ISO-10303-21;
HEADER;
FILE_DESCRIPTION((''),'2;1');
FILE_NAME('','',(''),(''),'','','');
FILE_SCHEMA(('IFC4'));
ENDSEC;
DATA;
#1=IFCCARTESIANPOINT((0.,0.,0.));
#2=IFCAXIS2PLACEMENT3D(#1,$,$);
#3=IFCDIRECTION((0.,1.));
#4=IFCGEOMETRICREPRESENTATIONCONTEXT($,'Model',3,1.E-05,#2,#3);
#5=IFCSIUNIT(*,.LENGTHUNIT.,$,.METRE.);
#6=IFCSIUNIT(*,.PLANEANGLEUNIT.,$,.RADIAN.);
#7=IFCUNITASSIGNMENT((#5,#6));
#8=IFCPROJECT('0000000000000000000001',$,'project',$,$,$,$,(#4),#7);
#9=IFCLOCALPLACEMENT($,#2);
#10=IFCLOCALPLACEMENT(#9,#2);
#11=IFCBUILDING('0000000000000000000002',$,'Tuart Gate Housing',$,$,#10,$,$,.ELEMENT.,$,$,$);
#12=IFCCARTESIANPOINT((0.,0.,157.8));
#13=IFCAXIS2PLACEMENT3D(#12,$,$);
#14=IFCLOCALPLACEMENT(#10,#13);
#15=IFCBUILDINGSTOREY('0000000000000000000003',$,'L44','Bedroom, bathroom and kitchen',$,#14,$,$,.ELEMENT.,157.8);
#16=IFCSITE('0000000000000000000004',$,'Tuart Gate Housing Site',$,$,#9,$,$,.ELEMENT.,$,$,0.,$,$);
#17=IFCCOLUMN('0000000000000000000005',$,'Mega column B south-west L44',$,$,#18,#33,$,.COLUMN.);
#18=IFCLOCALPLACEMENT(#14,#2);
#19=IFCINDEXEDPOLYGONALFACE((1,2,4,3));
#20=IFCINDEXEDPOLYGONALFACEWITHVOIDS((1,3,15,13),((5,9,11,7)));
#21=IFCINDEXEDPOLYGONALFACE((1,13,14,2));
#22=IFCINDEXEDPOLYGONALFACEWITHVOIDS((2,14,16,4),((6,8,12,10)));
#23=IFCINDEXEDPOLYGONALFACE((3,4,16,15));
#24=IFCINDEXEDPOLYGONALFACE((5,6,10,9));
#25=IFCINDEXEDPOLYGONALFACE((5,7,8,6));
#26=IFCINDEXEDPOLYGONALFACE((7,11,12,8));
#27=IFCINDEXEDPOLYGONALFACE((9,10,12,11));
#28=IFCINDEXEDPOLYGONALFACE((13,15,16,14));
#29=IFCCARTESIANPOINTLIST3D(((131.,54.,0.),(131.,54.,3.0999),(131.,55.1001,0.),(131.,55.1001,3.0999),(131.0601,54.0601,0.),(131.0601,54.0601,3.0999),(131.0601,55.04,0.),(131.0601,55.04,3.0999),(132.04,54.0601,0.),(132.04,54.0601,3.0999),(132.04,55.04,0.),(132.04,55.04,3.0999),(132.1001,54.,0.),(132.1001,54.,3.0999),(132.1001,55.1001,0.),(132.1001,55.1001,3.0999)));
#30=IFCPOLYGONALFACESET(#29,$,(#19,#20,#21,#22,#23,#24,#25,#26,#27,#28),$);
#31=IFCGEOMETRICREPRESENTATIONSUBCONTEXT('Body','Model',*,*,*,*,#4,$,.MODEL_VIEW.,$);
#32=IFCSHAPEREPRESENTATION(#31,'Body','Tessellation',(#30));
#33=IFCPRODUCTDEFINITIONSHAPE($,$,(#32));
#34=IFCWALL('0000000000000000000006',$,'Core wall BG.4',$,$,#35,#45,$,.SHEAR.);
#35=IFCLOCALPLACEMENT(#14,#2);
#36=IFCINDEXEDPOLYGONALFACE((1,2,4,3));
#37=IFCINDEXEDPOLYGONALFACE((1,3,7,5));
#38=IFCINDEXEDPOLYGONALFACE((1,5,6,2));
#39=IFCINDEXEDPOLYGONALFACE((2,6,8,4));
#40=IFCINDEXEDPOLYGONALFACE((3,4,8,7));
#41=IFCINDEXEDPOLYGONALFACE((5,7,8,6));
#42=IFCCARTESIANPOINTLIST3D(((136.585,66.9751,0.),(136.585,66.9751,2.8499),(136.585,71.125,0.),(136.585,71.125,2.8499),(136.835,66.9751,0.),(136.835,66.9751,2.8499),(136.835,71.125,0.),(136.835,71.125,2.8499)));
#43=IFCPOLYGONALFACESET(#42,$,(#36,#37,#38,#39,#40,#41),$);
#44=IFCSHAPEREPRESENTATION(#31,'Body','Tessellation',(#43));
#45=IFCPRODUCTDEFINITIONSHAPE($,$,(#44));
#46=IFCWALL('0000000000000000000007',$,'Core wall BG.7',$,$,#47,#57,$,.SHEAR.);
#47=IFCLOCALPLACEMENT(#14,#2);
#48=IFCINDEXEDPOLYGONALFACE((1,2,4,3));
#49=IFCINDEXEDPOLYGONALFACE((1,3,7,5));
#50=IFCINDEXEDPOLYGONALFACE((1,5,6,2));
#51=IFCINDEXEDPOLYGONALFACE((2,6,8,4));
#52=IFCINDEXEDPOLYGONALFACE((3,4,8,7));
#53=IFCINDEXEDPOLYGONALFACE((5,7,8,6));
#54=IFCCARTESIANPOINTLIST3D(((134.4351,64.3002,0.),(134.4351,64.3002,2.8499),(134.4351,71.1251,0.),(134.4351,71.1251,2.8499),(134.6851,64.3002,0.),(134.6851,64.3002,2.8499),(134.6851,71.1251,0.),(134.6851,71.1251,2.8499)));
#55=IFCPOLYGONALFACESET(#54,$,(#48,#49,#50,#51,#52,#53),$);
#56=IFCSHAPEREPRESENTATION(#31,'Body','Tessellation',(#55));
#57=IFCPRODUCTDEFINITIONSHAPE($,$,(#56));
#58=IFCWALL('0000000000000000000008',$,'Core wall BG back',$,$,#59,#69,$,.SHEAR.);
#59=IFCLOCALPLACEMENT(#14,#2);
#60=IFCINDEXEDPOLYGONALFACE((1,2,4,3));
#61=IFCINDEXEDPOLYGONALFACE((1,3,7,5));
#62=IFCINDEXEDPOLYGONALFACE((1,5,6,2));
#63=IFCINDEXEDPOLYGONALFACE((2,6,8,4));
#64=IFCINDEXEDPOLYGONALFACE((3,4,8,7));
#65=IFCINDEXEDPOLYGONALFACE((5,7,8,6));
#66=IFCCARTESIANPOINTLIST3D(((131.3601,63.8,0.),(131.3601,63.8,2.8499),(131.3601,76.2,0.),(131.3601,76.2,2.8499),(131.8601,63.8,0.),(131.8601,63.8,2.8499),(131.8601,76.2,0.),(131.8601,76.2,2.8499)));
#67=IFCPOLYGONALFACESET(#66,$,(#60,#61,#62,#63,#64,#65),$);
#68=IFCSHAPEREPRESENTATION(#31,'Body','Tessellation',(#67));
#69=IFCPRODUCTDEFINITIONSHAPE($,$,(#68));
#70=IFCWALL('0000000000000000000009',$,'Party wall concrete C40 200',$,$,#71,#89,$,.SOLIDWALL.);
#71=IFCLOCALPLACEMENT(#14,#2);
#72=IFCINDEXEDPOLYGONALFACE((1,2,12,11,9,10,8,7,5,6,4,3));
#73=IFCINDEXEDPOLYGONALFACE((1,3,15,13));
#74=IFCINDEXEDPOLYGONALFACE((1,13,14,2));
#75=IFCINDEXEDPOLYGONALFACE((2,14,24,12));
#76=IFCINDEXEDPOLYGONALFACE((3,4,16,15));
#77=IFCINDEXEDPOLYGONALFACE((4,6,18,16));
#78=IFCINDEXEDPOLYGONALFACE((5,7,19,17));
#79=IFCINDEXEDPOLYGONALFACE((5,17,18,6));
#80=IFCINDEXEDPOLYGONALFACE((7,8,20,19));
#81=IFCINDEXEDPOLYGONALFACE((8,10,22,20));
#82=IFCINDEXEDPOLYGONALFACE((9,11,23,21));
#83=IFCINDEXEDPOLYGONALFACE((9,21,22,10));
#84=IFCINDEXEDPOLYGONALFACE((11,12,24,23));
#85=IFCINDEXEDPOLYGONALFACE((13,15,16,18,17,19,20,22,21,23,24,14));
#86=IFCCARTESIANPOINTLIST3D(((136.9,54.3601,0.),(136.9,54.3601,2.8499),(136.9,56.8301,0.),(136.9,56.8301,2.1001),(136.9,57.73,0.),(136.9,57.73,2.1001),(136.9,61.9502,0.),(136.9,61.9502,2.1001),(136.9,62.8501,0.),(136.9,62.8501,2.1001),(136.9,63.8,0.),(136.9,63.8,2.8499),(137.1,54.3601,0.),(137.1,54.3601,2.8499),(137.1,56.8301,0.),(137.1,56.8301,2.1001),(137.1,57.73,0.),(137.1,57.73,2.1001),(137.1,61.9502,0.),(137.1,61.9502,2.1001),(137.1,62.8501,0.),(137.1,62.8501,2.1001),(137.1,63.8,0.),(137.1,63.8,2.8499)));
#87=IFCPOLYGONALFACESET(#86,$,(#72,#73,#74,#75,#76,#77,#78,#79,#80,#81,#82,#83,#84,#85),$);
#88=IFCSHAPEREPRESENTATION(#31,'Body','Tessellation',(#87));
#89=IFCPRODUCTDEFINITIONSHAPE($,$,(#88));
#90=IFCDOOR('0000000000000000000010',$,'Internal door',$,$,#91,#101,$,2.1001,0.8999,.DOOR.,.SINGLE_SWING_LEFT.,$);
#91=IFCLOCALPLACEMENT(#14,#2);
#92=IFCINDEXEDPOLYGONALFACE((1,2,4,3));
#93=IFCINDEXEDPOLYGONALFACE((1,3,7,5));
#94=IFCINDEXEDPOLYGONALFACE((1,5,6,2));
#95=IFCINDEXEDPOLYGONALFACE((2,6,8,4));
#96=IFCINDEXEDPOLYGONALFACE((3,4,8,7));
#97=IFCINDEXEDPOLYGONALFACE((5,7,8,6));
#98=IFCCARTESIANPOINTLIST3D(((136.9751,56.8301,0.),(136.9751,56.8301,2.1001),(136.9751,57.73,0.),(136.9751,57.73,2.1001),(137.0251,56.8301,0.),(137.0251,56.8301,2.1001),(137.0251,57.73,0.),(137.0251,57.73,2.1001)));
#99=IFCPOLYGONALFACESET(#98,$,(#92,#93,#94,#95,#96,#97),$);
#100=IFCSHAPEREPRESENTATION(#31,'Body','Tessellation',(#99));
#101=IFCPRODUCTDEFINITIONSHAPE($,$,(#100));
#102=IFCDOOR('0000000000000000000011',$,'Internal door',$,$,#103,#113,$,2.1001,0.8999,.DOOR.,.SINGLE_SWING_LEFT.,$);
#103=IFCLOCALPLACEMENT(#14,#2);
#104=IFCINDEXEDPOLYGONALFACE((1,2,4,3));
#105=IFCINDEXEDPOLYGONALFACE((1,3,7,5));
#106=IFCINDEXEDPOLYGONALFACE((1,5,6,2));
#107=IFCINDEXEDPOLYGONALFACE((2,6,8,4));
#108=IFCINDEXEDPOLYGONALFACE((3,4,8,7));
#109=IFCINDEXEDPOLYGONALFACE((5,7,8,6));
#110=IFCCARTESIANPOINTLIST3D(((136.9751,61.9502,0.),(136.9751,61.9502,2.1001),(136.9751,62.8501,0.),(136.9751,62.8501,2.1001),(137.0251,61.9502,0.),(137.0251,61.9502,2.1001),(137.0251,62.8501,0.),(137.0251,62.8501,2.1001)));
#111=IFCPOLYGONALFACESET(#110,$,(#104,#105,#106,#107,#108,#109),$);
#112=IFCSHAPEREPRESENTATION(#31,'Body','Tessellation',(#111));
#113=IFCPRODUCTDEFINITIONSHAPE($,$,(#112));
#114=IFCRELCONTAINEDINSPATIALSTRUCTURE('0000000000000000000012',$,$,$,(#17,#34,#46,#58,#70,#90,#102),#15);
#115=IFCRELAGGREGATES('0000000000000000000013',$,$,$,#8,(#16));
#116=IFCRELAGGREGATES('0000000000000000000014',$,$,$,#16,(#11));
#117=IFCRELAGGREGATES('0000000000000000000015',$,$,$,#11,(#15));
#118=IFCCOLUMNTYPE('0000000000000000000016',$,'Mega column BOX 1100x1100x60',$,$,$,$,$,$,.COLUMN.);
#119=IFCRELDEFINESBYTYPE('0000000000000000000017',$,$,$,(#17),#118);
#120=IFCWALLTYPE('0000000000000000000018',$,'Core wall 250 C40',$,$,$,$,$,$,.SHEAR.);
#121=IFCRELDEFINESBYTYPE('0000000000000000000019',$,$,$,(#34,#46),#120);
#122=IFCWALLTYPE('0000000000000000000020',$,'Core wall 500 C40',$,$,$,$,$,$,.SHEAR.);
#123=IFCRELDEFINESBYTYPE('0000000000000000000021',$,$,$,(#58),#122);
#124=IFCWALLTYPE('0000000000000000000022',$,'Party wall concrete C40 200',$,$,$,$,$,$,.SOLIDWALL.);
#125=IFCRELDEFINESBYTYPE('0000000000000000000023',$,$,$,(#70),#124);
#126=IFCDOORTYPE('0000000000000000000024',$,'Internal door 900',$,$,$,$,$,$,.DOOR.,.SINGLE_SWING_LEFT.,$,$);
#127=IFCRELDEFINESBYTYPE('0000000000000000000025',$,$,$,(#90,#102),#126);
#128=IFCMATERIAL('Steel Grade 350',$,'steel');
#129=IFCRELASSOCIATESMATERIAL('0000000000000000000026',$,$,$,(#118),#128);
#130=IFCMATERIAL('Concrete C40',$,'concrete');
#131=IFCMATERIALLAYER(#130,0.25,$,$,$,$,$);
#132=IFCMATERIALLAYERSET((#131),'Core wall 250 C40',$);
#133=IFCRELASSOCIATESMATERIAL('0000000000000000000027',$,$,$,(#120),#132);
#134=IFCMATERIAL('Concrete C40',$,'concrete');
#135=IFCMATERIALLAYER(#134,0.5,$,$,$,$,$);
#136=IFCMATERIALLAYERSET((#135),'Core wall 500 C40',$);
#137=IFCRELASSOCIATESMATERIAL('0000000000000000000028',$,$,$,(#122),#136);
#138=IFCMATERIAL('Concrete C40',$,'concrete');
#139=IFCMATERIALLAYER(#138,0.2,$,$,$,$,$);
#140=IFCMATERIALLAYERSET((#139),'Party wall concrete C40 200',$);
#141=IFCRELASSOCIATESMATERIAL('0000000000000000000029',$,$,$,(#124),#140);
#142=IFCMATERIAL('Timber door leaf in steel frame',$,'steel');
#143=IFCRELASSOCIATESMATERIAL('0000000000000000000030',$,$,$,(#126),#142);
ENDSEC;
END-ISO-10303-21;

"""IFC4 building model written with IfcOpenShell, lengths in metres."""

from ifc_helpers import new_model, si_unit, direction, frame, frame_2d, origin, origin_2d, place, context, subcontext, project, spatial, rectangle, hollow_rectangle, extrude, material, layer, layer_set, material_profile, profile_set, type_object, element, fill, save


model = new_model("IFC4")

# Units and contexts
model_context = context("Model", 3, precision=1e-05, world=origin(), true_north=direction((0.0, 1.0)))
body_context = subcontext(model_context, "Body", "Model", "MODEL_VIEW")
ifc_project = project(units=[si_unit("LENGTHUNIT", "METRE"), si_unit("PLANEANGLEUNIT", "RADIAN")], contexts=[model_context])

# Site, building, storey
site_placement = place(None, origin())
site = spatial("IfcSite", under=ifc_project, at=site_placement, Name="Tuart Gate Housing Site", CompositionType="ELEMENT", RefElevation=0.0)
building_placement = place(site_placement, origin())
building = spatial("IfcBuilding", under=site, at=building_placement, Name="Tuart Gate Housing", CompositionType="ELEMENT")
storey_placement = place(building_placement, frame((0.0, 0.0, 157.8)))
storey = spatial("IfcBuildingStorey", under=building, at=storey_placement, Name="L44", Description="Bedroom, bathroom and kitchen", CompositionType="ELEMENT", Elevation=157.8)

# Column
ifc_material_1 = material(Name="Steel Grade 350", Category="steel")
ifc_material_profile = material_profile(ifc_material_1, hollow_rectangle(XDim=1.1001, YDim=1.1001, WallThickness=0.0601, at=origin_2d()), Name="BOX 1100x1100x60")
ifc_profile_set = profile_set([ifc_material_profile], Name="Steel Grade 350")
column_type = type_object("IfcColumnType", Name="Mega column BOX 1100x1100x60", PredefinedType="COLUMN", material=ifc_profile_set)
column_placement = place(storey_placement, frame((131.55, 54.55, 0.0), z_axis=(0.0, 0.0, 1.0), x_axis=(1.0, 0.0, 0.0)))
element("IfcColumn", 1, at=column_placement, inside=storey, type_object=column_type, Name="Mega column B south-west L44", PredefinedType="COLUMN", context=body_context, shape_type="SweptSolid", body=[
    extrude(hollow_rectangle(XDim=1.1001, YDim=1.1001, WallThickness=0.0601, at=origin_2d()), origin(), (0.0, 0.0, 1.0), 3.0999),
])

# Walls
ifc_material_2 = material(Name="Concrete C40", Category="concrete")
ifc_layer_1 = layer(ifc_material_2, 0.25)
ifc_layer_set_1 = layer_set([ifc_layer_1], Name="Core wall 250 C40")
wall_type_1 = type_object("IfcWallType", Name="Core wall 250 C40", PredefinedType="SHEAR", material=ifc_layer_set_1)
wall_1_placement = place(storey_placement, frame((136.71, 66.9751, 0.0), z_axis=(0.0, 0.0, 1.0), x_axis=(0.0, 1.0, 0.0)))
element("IfcWall", 2, at=wall_1_placement, inside=storey, type_object=wall_type_1, Name="Core wall BG.4", PredefinedType="SHEAR", context=body_context, shape_type="SweptSolid", body=[
    extrude(rectangle(XDim=4.1499, YDim=0.25, at=frame_2d((2.075, 0.0))), origin(), (0.0, 0.0, 1.0), 2.8499),
])
wall_2_placement = place(storey_placement, frame((134.5601, 64.3, 0.0), z_axis=(0.0, 0.0, 1.0), x_axis=(0.0, 1.0, 0.0)))
element("IfcWall", 3, at=wall_2_placement, inside=storey, type_object=wall_type_1, Name="Core wall BG.7", PredefinedType="SHEAR", context=body_context, shape_type="SweptSolid", body=[
    extrude(rectangle(XDim=6.825, YDim=0.25, at=frame_2d((3.4126, 0.0))), origin(), (0.0, 0.0, 1.0), 2.8499),
])
ifc_material_3 = material(Name="Concrete C40", Category="concrete")
ifc_layer_2 = layer(ifc_material_3, 0.5)
ifc_layer_set_2 = layer_set([ifc_layer_2], Name="Core wall 500 C40")
wall_type_2 = type_object("IfcWallType", Name="Core wall 500 C40", PredefinedType="SHEAR", material=ifc_layer_set_2)
wall_3_placement = place(storey_placement, frame((131.6101, 63.8, 0.0), z_axis=(0.0, 0.0, 1.0), x_axis=(0.0, 1.0, 0.0)))
element("IfcWall", 4, at=wall_3_placement, inside=storey, type_object=wall_type_2, Name="Core wall BG back", PredefinedType="SHEAR", context=body_context, shape_type="SweptSolid", body=[
    extrude(rectangle(XDim=12.3999, YDim=0.5, at=frame_2d((6.2, 0.0))), origin(), (0.0, 0.0, 1.0), 2.8499),
])

# Wall, openings, doors
ifc_material_4 = material(Name="Concrete C40", Category="concrete")
ifc_layer_3 = layer(ifc_material_4, 0.2)
ifc_layer_set_3 = layer_set([ifc_layer_3], Name="Party wall concrete C40 200")
wall_type_3 = type_object("IfcWallType", Name="Party wall concrete C40 200", PredefinedType="SOLIDWALL", material=ifc_layer_set_3)
wall_4_placement = place(storey_placement, frame((137.0, 54.3601, 0.0), z_axis=(0.0, 0.0, 1.0), x_axis=(0.0, 1.0, 0.0)))
wall_4 = element("IfcWall", 5, at=wall_4_placement, inside=storey, type_object=wall_type_3, Name="Party wall concrete C40 200", PredefinedType="SOLIDWALL", context=body_context, shape_type="SweptSolid", body=[
    extrude(rectangle(XDim=9.4399, YDim=0.2, at=frame_2d((4.72, 0.0))), origin(), (0.0, 0.0, 1.0), 2.8499),
])
opening_1_placement = place(wall_4_placement, frame((2.47, 0.0, 0.0)))
opening_1 = element("IfcOpeningElement", 6, at=opening_1_placement, cuts=wall_4, PredefinedType="OPENING", context=body_context, shape_type="SweptSolid", body=[
    extrude(rectangle(XDim=0.8999, YDim=2.1001, at=frame_2d((0.45, 1.05))), frame((0.0, 0.1099, 0.0), z_axis=(0.0, -1.0, 0.0), x_axis=(1.0, 0.0, 0.0)), (0.0, 0.0, 1.0), 0.22),
])
opening_2_placement = place(wall_4_placement, frame((7.5901, 0.0, 0.0)))
opening_2 = element("IfcOpeningElement", 7, at=opening_2_placement, cuts=wall_4, PredefinedType="OPENING", context=body_context, shape_type="SweptSolid", body=[
    extrude(rectangle(XDim=0.8999, YDim=2.1001, at=frame_2d((0.45, 1.05))), frame((0.0, 0.1099, 0.0), z_axis=(0.0, -1.0, 0.0), x_axis=(1.0, 0.0, 0.0)), (0.0, 0.0, 1.0), 0.22),
])
ifc_material_5 = material(Name="Timber door leaf in steel frame", Category="steel")
door_type = type_object("IfcDoorType", Name="Internal door 900", OperationType="SINGLE_SWING_LEFT", PredefinedType="DOOR", material=ifc_material_5)
door_1_placement = place(opening_1_placement, origin())
door_1 = element("IfcDoor", 8, at=door_1_placement, inside=storey, type_object=door_type, Name="Internal door", OperationType="SINGLE_SWING_LEFT", OverallHeight=2.1001, OverallWidth=0.8999, PredefinedType="DOOR", context=body_context, shape_type="SweptSolid", body=[
    extrude(rectangle(XDim=0.8999, YDim=2.1001, at=frame_2d((0.45, 1.05))), frame((0.0, 0.0249, 0.0), z_axis=(0.0, -1.0, 0.0), x_axis=(1.0, 0.0, 0.0)), (0.0, 0.0, 1.0), 0.05),
])
fill(opening_1, door_1)
door_2_placement = place(opening_2_placement, origin())
door_2 = element("IfcDoor", 9, at=door_2_placement, inside=storey, type_object=door_type, Name="Internal door", OperationType="SINGLE_SWING_LEFT", OverallHeight=2.1001, OverallWidth=0.8999, PredefinedType="DOOR", context=body_context, shape_type="SweptSolid", body=[
    extrude(rectangle(XDim=0.8999, YDim=2.1001, at=frame_2d((0.45, 1.05))), frame((0.0, 0.0249, 0.0), z_axis=(0.0, -1.0, 0.0), x_axis=(1.0, 0.0, 0.0)), (0.0, 0.0, 1.0), 0.05),
])
fill(opening_2, door_2)

save(model, "model.ifc")
